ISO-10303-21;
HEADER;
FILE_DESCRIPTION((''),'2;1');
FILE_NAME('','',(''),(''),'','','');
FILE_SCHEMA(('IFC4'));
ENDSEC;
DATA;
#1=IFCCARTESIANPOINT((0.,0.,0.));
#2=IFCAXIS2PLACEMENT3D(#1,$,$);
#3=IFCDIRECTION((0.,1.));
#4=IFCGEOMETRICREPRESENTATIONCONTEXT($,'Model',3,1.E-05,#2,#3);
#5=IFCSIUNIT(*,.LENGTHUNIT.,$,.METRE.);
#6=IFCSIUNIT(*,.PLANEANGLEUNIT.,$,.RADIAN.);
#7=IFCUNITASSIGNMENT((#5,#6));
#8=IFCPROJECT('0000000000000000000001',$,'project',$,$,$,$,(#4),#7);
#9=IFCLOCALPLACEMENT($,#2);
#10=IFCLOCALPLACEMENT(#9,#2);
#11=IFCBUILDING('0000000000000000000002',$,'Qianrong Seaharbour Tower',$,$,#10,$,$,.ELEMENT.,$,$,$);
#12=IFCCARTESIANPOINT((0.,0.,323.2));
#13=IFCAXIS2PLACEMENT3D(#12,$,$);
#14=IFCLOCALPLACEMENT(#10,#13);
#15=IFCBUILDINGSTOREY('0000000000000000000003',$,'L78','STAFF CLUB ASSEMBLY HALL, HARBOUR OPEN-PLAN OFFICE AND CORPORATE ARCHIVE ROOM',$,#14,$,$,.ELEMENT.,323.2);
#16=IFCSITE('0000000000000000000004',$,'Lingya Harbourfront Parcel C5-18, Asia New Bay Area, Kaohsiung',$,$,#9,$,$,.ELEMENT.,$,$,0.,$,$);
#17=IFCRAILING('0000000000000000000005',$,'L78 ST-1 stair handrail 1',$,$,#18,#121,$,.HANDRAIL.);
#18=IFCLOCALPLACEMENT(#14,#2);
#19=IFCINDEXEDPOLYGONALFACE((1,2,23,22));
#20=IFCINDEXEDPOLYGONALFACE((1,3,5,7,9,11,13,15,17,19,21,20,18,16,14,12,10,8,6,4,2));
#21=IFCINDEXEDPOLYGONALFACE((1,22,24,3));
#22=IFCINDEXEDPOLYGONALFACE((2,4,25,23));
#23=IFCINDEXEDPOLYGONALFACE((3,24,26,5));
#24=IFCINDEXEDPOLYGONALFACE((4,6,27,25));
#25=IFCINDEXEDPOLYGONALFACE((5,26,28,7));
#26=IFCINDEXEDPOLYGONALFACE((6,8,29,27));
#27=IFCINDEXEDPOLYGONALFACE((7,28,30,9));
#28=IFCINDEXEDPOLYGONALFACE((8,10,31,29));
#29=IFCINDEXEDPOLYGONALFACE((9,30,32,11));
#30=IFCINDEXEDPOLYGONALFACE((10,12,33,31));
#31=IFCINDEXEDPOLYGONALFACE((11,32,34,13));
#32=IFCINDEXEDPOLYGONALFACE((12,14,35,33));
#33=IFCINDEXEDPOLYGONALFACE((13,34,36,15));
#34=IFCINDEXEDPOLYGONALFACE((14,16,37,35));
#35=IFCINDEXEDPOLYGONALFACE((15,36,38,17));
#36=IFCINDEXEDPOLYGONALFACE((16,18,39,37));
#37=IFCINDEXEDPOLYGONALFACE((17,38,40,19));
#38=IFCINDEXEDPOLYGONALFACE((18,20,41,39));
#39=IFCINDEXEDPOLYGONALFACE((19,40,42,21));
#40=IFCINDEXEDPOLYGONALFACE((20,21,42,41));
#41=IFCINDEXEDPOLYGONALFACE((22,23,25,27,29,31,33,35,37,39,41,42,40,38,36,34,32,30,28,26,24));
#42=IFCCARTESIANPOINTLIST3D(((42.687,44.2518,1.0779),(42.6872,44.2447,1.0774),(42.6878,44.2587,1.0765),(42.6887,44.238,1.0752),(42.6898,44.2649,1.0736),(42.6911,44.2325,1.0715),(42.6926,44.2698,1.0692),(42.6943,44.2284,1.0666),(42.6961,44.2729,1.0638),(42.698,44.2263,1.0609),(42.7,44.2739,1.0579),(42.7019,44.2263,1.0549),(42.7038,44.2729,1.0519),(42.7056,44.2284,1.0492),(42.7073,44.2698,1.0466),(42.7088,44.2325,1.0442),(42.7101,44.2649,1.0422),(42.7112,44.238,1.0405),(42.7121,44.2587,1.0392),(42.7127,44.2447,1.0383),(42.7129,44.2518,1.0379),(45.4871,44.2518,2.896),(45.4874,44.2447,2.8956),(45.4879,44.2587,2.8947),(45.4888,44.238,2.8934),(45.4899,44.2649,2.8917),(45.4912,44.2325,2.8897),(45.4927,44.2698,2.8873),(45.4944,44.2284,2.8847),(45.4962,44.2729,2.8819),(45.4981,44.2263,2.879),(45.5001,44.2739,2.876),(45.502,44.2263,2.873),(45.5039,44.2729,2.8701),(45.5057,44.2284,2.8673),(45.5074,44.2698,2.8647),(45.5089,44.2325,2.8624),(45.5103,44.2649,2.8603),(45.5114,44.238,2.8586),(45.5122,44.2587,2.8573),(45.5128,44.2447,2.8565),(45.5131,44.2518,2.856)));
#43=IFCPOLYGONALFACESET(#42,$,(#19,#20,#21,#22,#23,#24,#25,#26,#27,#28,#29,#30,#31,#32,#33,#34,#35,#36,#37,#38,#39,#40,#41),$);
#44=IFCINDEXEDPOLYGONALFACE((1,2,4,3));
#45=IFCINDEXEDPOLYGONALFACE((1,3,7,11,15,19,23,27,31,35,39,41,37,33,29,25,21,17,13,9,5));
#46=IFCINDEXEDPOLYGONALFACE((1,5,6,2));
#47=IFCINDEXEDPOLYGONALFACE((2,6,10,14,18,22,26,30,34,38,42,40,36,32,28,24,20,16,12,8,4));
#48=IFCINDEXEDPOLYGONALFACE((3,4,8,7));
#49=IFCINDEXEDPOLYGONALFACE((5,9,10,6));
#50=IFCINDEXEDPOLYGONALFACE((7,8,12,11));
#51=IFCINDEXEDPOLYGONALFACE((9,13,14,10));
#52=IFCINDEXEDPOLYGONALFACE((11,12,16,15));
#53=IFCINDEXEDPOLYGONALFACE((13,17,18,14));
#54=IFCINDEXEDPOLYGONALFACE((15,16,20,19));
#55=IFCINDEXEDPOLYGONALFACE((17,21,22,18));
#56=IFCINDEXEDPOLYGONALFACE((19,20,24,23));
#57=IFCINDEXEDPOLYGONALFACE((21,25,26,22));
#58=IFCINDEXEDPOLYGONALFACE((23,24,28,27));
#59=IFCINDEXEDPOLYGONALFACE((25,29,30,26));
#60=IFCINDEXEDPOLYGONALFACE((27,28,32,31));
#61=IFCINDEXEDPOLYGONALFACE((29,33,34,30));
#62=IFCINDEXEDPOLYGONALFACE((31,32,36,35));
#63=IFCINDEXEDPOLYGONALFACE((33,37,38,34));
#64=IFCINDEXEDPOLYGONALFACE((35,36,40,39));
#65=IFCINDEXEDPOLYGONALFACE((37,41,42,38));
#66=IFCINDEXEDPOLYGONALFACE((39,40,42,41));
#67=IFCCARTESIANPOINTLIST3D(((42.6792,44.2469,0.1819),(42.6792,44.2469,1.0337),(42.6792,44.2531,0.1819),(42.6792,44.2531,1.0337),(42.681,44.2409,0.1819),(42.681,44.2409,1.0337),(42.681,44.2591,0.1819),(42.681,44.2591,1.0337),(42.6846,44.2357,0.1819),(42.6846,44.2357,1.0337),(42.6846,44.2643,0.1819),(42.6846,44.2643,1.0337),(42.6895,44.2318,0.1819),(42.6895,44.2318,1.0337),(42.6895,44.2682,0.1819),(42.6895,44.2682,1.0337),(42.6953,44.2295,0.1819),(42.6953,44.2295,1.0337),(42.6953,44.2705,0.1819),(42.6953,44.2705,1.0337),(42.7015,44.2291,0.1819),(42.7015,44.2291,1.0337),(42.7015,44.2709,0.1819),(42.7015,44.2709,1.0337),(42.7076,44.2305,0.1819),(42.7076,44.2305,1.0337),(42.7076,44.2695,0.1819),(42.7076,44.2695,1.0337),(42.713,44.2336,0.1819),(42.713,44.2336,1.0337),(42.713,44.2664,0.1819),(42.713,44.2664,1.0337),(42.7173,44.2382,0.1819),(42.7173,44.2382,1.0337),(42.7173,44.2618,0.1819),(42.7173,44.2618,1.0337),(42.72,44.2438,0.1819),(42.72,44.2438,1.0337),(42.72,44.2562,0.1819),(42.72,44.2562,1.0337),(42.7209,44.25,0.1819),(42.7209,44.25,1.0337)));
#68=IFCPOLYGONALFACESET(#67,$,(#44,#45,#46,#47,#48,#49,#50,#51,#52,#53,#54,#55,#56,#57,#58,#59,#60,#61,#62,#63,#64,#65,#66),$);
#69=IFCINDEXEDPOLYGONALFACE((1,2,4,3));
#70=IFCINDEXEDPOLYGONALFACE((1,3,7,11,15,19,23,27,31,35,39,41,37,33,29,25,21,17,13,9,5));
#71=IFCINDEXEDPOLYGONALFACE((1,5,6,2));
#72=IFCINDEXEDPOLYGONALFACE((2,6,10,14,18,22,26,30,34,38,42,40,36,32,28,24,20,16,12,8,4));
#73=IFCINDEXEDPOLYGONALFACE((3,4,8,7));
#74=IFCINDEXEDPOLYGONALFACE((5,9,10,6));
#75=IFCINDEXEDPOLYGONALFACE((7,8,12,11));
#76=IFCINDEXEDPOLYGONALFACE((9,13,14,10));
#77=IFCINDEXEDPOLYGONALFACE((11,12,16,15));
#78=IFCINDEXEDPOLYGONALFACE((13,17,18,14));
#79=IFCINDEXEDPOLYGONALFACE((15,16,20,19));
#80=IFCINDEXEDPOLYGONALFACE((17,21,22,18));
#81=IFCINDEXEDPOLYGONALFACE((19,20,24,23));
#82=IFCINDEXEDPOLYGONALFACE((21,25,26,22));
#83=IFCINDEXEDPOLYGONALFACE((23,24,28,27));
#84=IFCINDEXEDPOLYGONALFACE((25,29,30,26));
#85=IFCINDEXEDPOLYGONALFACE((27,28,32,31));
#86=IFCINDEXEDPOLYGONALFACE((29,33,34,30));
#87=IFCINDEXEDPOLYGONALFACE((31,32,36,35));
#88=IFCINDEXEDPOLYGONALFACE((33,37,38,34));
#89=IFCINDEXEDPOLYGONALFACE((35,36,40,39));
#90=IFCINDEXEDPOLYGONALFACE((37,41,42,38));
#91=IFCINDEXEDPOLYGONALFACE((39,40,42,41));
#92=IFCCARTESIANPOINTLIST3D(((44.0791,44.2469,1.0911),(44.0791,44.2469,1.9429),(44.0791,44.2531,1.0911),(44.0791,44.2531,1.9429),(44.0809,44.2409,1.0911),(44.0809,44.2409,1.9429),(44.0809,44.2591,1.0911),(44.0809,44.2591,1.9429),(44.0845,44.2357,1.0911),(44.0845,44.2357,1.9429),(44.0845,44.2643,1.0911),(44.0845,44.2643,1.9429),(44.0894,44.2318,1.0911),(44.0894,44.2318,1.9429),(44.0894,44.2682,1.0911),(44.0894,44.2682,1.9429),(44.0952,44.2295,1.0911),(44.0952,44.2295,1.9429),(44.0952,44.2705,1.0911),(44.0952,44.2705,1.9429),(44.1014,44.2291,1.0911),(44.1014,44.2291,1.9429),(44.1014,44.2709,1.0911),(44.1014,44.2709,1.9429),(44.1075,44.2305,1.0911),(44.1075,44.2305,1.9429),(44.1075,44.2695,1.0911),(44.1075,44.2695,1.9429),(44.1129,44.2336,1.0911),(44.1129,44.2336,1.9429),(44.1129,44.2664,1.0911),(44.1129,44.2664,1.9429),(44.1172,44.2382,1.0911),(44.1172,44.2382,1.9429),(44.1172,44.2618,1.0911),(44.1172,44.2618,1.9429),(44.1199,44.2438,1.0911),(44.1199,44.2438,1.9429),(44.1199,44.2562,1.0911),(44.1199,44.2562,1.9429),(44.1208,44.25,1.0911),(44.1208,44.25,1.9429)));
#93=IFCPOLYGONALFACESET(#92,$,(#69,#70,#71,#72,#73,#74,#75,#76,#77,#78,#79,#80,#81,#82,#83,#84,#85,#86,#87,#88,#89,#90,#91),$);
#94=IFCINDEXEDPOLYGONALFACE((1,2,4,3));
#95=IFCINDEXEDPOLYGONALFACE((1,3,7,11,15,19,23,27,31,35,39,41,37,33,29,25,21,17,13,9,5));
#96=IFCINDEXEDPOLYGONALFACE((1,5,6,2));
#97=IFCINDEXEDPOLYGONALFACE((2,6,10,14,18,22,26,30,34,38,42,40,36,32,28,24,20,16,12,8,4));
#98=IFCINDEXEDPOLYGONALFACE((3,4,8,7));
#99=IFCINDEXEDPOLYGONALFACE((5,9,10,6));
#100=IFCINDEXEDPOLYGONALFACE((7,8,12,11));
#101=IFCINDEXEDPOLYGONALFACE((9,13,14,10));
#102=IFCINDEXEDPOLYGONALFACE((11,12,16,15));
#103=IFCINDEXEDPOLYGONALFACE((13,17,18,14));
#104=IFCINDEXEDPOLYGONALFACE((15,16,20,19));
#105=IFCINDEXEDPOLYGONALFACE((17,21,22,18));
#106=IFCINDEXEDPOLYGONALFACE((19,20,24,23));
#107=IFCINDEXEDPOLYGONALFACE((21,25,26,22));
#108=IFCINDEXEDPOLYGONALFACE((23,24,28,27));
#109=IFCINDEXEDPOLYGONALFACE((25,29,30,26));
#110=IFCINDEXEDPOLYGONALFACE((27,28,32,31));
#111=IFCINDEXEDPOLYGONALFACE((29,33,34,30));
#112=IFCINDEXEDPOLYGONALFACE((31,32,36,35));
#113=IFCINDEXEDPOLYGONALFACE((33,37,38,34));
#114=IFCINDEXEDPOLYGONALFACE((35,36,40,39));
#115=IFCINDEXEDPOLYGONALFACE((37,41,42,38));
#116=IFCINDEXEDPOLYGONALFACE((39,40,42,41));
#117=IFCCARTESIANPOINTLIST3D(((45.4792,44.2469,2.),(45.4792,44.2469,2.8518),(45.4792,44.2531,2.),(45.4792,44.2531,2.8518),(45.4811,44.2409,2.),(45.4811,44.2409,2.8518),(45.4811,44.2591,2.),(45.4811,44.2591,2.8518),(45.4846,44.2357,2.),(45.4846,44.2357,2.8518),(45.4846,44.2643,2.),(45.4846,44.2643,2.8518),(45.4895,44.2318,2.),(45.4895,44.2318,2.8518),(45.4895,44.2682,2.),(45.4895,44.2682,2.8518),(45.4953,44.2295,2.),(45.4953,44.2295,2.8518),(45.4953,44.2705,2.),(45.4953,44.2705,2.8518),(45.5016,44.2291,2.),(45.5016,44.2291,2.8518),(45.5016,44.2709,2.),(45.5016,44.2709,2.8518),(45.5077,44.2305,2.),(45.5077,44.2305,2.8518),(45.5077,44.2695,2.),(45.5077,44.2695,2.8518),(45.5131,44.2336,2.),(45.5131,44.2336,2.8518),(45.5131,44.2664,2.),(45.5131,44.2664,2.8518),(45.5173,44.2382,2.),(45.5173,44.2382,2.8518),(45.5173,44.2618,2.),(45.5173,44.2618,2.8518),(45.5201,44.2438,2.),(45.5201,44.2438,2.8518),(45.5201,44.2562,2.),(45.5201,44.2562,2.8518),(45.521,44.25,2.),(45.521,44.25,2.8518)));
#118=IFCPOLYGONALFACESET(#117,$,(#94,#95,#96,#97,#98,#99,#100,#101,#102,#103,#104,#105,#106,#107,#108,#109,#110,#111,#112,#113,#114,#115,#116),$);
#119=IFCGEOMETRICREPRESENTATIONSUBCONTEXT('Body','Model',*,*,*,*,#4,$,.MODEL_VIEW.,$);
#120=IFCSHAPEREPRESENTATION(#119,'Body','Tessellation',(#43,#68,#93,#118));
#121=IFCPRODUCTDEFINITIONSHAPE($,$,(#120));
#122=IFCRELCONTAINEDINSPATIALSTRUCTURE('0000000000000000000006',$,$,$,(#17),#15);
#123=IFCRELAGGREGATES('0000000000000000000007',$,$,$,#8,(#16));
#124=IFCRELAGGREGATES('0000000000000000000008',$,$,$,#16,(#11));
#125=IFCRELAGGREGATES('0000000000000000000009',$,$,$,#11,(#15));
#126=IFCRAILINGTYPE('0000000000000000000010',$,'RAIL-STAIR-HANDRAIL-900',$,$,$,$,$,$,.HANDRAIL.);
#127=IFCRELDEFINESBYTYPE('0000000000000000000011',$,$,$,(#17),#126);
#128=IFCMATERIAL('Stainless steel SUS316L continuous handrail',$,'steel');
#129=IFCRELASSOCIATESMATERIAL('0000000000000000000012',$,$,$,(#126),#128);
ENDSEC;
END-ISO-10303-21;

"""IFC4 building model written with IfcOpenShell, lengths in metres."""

from ifc_helpers import new_model, si_unit, direction, frame, origin, origin_2d, place, context, subcontext, project, spatial, circle, extrude, material, type_object, element, save


model = new_model("IFC4")

# Units and contexts
model_context = context("Model", 3, precision=1e-05, world=origin(), true_north=direction((0.0, 1.0)))
body_context = subcontext(model_context, "Body", "Model", "MODEL_VIEW")
ifc_project = project(units=[si_unit("LENGTHUNIT", "METRE"), si_unit("PLANEANGLEUNIT", "RADIAN")], contexts=[model_context])

# Site, building, storey
site_placement = place(None, origin())
site = spatial("IfcSite", under=ifc_project, at=site_placement, Name="Lingya Harbourfront Parcel C5-18, Asia New Bay Area, Kaohsiung", CompositionType="ELEMENT", RefElevation=0.0)
building_placement = place(site_placement, origin())
building = spatial("IfcBuilding", under=site, at=building_placement, Name="Qianrong Seaharbour Tower", CompositionType="ELEMENT")
storey_placement = place(building_placement, frame((0.0, 0.0, 323.2)))
storey = spatial("IfcBuildingStorey", under=building, at=storey_placement, Name="L78", Description="STAFF CLUB ASSEMBLY HALL, HARBOUR OPEN-PLAN OFFICE AND CORPORATE ARCHIVE ROOM", CompositionType="ELEMENT", Elevation=323.2)

# Railing
ifc_material_1 = material(Name="Stainless steel SUS316L continuous handrail", Category="steel")
railing_type_1 = type_object("IfcRailingType", Name="RAIL-STAIR-HANDRAIL-900", PredefinedType="HANDRAIL", material=ifc_material_1)
railing_1_placement = place(storey_placement, frame((42.7, 44.25, 0.1819)))
element("IfcRailing", 1, at=railing_1_placement, inside=storey, type_object=railing_type_1, Name="L78 ST-1 stair handrail 1", PredefinedType="HANDRAIL", context=body_context, shape_type="SweptSolid", body=[
    extrude(circle(Radius=0.0239, at=origin_2d()), frame((0.0, 0.0, 0.876), z_axis=(0.838706, 0.0, 0.544585), x_axis=(0.0, 1.0, 0.0)), (0.0, 0.0, 1.0), 3.3386),
    extrude(circle(Radius=0.021, at=origin_2d()), origin(), (0.0, 0.0, 1.0), 0.8518),
    extrude(circle(Radius=0.021, at=origin_2d()), frame((1.3999, 0.0, 0.9092)), (0.0, 0.0, 1.0), 0.8518),
    extrude(circle(Radius=0.021, at=origin_2d()), frame((2.8, 0.0, 1.8181)), (0.0, 0.0, 1.0), 0.8518),
])

save(model, "model.ifc")
